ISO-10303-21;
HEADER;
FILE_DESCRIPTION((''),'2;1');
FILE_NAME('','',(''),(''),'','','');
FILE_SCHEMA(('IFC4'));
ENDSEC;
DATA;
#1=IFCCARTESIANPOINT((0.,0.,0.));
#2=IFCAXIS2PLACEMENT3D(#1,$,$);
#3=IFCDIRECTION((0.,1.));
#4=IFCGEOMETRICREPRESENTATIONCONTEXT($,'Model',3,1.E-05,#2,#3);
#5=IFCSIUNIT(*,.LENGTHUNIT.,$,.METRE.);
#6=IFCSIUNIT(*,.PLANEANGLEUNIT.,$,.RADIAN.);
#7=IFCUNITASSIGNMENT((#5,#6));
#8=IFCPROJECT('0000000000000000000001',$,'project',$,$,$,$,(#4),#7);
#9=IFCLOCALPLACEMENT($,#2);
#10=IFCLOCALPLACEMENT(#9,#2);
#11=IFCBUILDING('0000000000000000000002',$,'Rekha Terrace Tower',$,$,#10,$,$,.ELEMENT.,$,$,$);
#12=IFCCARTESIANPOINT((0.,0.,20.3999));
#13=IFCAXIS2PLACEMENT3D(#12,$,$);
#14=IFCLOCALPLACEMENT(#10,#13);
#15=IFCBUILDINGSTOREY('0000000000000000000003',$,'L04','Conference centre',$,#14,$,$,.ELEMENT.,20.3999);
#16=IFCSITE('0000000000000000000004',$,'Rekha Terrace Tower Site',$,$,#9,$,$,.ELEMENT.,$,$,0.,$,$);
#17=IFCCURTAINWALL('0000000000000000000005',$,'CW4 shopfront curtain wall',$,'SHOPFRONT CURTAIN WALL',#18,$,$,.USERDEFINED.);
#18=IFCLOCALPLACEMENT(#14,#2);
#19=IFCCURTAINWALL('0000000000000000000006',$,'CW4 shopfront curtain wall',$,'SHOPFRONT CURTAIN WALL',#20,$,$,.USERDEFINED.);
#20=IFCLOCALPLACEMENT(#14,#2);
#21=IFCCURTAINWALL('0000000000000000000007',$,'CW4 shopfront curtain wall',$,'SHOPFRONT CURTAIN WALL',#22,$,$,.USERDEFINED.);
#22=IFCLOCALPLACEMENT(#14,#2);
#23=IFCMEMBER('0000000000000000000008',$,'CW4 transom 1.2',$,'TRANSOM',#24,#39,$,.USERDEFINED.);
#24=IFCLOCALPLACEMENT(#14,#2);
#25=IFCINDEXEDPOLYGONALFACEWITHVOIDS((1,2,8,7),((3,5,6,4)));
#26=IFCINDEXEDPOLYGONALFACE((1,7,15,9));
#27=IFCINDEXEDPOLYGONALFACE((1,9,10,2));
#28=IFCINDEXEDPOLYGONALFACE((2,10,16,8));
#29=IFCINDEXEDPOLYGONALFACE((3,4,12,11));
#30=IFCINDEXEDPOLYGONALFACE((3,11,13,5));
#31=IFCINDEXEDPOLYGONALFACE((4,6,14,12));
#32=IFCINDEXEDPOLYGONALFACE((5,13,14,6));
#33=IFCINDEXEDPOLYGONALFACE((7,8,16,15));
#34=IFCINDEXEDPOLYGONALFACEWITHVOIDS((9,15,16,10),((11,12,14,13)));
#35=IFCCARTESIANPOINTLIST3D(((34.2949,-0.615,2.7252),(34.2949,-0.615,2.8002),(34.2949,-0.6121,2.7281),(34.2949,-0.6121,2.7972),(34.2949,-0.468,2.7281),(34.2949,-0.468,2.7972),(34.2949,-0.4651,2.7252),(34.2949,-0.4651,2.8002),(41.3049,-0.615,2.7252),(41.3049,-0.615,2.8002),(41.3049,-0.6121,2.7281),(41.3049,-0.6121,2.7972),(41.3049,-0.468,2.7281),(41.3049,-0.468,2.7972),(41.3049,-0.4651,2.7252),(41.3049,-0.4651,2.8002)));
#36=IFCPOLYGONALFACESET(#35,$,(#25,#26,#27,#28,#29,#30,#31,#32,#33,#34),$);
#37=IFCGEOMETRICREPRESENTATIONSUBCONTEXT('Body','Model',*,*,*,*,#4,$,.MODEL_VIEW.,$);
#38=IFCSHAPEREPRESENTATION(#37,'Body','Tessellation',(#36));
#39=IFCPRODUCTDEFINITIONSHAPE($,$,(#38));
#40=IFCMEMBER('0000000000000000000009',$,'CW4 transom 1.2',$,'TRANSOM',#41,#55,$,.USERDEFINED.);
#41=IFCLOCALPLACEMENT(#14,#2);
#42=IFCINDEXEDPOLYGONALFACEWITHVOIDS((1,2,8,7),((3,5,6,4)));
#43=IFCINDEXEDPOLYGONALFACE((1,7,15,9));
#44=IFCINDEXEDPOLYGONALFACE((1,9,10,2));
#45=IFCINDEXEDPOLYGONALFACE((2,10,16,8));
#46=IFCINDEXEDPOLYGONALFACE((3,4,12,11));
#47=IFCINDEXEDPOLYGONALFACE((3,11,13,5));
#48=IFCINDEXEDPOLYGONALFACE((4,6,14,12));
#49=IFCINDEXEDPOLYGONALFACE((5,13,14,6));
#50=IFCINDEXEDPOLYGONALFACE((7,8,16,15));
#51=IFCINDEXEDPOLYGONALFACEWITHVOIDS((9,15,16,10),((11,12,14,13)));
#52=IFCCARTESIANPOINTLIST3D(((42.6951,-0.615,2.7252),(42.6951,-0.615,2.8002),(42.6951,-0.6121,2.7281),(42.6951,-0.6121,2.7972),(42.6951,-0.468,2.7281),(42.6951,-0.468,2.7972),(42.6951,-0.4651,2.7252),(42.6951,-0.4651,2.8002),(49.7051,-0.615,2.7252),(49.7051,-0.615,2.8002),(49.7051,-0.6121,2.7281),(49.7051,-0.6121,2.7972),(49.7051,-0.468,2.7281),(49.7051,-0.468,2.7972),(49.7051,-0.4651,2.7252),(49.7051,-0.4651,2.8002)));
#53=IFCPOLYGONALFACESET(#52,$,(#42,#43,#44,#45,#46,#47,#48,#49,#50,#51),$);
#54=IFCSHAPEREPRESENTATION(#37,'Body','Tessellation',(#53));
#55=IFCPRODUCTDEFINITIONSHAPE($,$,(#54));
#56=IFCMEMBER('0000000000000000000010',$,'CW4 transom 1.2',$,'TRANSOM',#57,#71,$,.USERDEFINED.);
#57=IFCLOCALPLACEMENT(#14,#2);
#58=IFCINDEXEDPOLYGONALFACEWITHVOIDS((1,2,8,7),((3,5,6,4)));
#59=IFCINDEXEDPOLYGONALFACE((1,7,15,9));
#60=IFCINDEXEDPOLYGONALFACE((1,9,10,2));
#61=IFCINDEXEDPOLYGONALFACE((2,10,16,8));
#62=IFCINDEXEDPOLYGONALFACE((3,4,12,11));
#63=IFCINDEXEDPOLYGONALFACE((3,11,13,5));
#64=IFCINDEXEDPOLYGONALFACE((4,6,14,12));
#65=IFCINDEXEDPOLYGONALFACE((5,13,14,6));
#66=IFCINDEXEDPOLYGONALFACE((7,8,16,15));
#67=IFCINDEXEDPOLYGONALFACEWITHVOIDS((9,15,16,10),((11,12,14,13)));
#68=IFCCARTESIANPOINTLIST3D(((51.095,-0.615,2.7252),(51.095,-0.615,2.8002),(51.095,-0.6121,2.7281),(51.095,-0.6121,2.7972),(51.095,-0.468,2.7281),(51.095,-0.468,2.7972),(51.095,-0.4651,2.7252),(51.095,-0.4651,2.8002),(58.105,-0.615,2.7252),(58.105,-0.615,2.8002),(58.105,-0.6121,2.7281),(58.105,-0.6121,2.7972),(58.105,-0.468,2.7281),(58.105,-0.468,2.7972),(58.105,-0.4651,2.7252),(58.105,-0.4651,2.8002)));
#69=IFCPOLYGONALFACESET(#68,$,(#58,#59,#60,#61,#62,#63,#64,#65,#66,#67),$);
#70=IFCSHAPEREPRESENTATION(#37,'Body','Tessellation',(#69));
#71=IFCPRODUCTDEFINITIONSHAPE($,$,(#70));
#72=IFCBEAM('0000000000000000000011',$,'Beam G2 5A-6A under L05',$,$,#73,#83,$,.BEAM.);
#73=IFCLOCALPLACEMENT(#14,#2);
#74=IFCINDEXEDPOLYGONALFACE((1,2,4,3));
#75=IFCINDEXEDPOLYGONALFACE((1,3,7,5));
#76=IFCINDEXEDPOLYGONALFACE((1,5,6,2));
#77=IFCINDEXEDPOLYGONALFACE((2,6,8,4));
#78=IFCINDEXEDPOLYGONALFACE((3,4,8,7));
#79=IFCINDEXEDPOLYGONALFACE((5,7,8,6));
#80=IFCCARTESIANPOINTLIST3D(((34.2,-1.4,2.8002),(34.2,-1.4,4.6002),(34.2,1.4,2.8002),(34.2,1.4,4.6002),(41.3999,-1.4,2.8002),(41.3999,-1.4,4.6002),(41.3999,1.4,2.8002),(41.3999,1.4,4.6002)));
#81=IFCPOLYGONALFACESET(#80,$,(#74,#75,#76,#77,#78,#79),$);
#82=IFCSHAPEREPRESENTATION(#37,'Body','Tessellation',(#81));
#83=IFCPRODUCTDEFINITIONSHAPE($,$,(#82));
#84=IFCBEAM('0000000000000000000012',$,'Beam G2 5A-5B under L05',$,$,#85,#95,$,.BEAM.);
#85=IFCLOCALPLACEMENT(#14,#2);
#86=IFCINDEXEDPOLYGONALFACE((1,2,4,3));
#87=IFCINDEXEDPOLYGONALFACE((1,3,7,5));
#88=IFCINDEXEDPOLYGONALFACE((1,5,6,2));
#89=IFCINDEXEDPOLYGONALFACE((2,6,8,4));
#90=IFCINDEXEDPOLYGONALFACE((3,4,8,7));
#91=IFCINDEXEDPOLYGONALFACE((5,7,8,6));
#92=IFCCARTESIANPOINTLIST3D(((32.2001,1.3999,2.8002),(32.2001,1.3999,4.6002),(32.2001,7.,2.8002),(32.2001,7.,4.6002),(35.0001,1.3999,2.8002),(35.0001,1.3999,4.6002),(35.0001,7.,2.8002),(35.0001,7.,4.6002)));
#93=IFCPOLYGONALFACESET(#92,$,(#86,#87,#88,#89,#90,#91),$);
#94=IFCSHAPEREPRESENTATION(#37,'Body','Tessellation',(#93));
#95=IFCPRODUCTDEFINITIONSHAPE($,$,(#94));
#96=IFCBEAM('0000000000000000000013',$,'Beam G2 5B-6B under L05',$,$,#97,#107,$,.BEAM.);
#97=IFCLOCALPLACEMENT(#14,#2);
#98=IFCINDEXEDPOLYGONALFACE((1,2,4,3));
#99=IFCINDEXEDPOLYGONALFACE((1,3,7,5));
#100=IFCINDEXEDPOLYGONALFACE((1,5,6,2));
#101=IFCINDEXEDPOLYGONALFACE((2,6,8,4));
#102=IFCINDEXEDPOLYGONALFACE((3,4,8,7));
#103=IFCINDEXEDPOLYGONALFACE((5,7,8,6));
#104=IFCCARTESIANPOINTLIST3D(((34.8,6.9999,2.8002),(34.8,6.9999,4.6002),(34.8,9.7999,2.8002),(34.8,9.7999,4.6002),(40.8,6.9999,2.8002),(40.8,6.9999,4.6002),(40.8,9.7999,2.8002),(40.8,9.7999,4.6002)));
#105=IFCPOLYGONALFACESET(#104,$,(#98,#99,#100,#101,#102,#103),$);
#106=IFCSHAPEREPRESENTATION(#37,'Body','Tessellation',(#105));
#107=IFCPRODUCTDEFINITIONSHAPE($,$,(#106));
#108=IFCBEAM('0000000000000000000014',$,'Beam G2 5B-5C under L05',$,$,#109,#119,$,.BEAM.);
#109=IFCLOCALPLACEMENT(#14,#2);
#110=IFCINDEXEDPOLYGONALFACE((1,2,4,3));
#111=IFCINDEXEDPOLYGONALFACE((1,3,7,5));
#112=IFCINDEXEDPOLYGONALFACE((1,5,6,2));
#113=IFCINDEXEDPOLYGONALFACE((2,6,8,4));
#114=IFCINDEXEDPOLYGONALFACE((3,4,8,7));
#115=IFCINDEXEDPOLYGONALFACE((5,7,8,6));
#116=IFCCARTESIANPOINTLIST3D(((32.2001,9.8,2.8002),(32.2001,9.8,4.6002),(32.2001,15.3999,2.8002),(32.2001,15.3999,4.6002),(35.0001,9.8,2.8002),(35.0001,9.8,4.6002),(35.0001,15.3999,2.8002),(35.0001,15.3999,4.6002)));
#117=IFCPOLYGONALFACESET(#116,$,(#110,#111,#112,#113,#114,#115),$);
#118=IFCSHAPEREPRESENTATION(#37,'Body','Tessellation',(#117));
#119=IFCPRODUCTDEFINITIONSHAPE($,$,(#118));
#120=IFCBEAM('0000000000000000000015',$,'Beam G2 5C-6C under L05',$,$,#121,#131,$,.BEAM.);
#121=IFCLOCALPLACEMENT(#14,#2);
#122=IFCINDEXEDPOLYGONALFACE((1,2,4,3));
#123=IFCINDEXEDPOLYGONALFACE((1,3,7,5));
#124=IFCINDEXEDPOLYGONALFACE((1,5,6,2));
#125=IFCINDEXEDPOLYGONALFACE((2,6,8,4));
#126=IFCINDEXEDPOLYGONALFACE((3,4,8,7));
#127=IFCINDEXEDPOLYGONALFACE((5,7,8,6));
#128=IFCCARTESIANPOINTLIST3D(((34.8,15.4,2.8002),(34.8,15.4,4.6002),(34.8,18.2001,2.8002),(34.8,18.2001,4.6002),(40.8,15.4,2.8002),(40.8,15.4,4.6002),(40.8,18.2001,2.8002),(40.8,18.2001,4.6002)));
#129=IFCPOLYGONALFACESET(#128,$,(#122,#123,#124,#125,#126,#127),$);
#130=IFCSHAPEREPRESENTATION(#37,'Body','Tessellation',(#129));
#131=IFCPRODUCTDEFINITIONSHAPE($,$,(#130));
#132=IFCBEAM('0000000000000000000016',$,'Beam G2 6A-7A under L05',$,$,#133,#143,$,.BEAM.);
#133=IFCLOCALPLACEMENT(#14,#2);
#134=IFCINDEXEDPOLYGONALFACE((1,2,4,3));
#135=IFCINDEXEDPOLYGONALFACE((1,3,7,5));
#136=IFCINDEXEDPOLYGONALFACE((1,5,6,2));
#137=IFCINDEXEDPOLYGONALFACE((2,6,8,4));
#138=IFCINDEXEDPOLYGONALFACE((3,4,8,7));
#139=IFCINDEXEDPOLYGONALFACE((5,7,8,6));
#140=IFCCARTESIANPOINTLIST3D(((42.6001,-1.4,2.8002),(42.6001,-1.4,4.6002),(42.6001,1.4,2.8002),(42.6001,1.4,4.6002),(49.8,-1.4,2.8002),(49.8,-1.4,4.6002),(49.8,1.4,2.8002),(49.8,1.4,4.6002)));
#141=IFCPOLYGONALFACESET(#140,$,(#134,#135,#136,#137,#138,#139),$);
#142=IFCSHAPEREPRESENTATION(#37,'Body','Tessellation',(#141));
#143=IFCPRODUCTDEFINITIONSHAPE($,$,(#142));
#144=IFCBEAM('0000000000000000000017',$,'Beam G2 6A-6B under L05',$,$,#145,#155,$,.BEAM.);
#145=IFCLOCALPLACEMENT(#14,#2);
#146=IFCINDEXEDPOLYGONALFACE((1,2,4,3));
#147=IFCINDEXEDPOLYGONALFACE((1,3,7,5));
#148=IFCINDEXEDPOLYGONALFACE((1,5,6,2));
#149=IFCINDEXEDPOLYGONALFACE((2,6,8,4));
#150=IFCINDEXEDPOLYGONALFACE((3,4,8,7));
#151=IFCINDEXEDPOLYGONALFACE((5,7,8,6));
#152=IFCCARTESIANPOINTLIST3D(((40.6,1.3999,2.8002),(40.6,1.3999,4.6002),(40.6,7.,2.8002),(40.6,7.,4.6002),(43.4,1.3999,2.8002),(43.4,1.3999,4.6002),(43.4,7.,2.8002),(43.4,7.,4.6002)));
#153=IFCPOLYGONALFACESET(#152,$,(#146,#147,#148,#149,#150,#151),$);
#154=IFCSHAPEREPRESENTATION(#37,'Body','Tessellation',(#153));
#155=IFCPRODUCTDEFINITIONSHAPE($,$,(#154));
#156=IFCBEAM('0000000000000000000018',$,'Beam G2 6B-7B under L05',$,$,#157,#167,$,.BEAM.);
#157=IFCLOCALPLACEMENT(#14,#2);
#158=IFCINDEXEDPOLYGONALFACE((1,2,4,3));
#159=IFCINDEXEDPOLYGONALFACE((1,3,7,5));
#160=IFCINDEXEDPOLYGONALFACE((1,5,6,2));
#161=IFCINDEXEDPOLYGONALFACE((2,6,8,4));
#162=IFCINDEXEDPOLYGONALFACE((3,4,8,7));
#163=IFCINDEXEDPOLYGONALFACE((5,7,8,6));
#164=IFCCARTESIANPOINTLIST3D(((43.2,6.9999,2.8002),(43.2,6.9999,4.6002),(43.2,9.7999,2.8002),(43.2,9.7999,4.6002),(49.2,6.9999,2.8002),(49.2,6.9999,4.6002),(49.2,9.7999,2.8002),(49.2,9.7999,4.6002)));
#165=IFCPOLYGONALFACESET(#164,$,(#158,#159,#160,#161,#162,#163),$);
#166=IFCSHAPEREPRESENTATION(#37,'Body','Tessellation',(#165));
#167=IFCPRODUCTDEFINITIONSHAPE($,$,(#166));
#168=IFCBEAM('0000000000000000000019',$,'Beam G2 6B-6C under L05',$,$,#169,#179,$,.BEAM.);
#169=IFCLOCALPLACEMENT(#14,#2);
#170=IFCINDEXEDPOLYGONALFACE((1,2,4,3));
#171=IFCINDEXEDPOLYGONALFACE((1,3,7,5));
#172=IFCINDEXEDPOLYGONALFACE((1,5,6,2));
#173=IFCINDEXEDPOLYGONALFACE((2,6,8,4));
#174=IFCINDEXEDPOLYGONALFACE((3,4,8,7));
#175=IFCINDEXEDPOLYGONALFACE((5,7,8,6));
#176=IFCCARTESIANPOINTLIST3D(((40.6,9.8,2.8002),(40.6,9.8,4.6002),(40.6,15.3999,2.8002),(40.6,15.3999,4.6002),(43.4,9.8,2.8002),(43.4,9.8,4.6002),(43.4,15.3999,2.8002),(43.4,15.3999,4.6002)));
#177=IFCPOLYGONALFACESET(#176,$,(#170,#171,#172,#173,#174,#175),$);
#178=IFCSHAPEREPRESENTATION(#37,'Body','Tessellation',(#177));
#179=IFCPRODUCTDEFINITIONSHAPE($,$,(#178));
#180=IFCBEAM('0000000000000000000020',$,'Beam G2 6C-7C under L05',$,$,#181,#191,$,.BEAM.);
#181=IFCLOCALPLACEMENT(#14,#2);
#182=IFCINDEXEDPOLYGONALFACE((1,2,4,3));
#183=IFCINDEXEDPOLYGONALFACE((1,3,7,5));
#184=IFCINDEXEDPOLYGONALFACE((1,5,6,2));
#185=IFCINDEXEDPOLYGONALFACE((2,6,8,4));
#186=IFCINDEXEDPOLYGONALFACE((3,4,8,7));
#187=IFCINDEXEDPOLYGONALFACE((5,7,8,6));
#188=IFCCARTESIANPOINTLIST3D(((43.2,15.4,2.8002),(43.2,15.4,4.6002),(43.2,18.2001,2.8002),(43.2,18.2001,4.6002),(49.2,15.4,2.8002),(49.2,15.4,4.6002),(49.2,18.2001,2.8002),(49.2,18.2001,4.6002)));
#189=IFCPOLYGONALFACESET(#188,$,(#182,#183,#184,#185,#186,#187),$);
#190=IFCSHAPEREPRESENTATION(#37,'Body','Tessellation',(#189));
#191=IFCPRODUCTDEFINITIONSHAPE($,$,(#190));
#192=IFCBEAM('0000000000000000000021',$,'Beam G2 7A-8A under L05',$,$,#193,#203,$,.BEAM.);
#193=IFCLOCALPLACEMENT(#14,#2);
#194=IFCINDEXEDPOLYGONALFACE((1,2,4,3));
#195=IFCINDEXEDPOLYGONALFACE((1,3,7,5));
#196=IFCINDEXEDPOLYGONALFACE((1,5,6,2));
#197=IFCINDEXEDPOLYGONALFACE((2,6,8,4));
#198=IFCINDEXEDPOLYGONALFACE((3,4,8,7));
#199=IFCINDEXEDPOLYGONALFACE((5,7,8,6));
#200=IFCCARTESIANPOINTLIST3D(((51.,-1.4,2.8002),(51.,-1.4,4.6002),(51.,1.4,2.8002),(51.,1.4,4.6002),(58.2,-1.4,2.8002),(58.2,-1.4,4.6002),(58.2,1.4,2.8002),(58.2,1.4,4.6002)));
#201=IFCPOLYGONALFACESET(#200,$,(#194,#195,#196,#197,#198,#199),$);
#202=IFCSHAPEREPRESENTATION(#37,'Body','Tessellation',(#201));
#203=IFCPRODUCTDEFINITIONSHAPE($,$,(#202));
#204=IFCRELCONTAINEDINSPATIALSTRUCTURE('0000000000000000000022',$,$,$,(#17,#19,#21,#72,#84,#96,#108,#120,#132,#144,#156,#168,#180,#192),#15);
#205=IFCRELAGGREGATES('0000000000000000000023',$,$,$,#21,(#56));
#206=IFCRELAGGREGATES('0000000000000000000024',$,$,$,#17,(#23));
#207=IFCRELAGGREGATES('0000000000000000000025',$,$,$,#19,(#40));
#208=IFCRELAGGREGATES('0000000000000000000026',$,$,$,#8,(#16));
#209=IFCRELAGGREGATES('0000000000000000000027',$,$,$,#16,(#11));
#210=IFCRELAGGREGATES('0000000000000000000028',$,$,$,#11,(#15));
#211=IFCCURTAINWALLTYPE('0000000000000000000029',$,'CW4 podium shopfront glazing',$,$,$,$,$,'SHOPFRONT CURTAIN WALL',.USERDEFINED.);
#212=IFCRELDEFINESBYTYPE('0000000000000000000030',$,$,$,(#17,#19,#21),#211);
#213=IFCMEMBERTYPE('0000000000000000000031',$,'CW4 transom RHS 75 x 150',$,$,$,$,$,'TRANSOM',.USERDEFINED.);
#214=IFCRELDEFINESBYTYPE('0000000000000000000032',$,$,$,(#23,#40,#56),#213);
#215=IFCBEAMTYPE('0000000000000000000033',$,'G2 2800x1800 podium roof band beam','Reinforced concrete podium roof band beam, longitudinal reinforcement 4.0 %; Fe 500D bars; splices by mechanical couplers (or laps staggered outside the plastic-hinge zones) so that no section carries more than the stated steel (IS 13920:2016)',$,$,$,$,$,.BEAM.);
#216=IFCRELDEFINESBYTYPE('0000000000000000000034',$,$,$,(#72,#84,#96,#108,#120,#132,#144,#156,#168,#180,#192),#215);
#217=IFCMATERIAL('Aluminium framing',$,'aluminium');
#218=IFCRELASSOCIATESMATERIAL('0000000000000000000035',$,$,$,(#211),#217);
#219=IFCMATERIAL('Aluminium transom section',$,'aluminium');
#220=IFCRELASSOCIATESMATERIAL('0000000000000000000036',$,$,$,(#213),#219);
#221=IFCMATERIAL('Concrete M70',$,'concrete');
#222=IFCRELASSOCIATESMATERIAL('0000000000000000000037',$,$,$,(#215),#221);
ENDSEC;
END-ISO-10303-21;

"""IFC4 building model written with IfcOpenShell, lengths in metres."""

from ifc_helpers import new_model, si_unit, direction, frame, origin, origin_2d, place, context, subcontext, project, spatial, rectangle, hollow_rectangle, extrude, material, material_profile, profile_set, type_object, element, aggregate, save


model = new_model("IFC4")

# Units and contexts
model_context = context("Model", 3, precision=1e-05, world=origin(), true_north=direction((0.0, 1.0)))
body_context = subcontext(model_context, "Body", "Model", "MODEL_VIEW")
ifc_project = project(units=[si_unit("LENGTHUNIT", "METRE"), si_unit("PLANEANGLEUNIT", "RADIAN")], contexts=[model_context])

# Site, building, storey
site_placement = place(None, origin())
site = spatial("IfcSite", under=ifc_project, at=site_placement, Name="Rekha Terrace Tower Site", CompositionType="ELEMENT", RefElevation=0.0)
building_placement = place(site_placement, origin())
building = spatial("IfcBuilding", under=site, at=building_placement, Name="Rekha Terrace Tower", CompositionType="ELEMENT")
storey_placement = place(building_placement, frame((0.0, 0.0, 20.3999)))
storey = spatial("IfcBuildingStorey", under=building, at=storey_placement, Name="L04", Description="Conference centre", CompositionType="ELEMENT", Elevation=20.3999)

# Shared definitions
ifc_material_1 = material(Name="Concrete M70", Category="concrete")

# Curtain walls
ifc_material_2 = material(Name="Aluminium framing", Category="aluminium")
curtain_wall_type = type_object("IfcCurtainWallType", Name="CW4 podium shopfront glazing", ElementType="SHOPFRONT CURTAIN WALL", PredefinedType="USERDEFINED", material=ifc_material_2)
curtain_wall_1_placement = place(storey_placement, origin())
curtain_wall_1 = element("IfcCurtainWall", 1, at=curtain_wall_1_placement, inside=storey, type_object=curtain_wall_type, Name="CW4 shopfront curtain wall", ObjectType="SHOPFRONT CURTAIN WALL", PredefinedType="USERDEFINED")
curtain_wall_2_placement = place(storey_placement, origin())
curtain_wall_2 = element("IfcCurtainWall", 2, at=curtain_wall_2_placement, inside=storey, type_object=curtain_wall_type, Name="CW4 shopfront curtain wall", ObjectType="SHOPFRONT CURTAIN WALL", PredefinedType="USERDEFINED")

# Curtain wall
curtain_wall_3_placement = place(storey_placement, origin())
curtain_wall_3 = element("IfcCurtainWall", 3, at=curtain_wall_3_placement, inside=storey, type_object=curtain_wall_type, Name="CW4 shopfront curtain wall", ObjectType="SHOPFRONT CURTAIN WALL", PredefinedType="USERDEFINED")

# Members
ifc_material_3 = material(Name="Aluminium transom section", Category="aluminium")
ifc_material_profile_1 = material_profile(ifc_material_3, hollow_rectangle(XDim=0.1499, YDim=0.075, WallThickness=0.0029, at=origin_2d()), Name="AL RHS 150x75")
ifc_profile_set_1 = profile_set([ifc_material_profile_1], Name="Aluminium transom section")
member_type_1 = type_object("IfcMemberType", Name="CW4 transom RHS 75 x 150", ElementType="TRANSOM", PredefinedType="USERDEFINED", material=ifc_profile_set_1)
member_1_placement = place(storey_placement, frame((34.2949, -0.54, 2.7627), z_axis=(1.0, 0.0, 0.0), x_axis=(0.0, 1.0, 0.0)))
member_1 = element("IfcMember", 4, at=member_1_placement, type_object=member_type_1, Name="CW4 transom 1.2", ObjectType="TRANSOM", PredefinedType="USERDEFINED", context=body_context, shape_type="SweptSolid", body=[
    extrude(hollow_rectangle(XDim=0.1499, YDim=0.075, WallThickness=0.0029, at=origin_2d()), origin(), (0.0, 0.0, 1.0), 7.01),
])
member_2_placement = place(storey_placement, frame((42.6951, -0.54, 2.7627), z_axis=(1.0, 0.0, 0.0), x_axis=(0.0, 1.0, 0.0)))
member_2 = element("IfcMember", 5, at=member_2_placement, type_object=member_type_1, Name="CW4 transom 1.2", ObjectType="TRANSOM", PredefinedType="USERDEFINED", context=body_context, shape_type="SweptSolid", body=[
    extrude(hollow_rectangle(XDim=0.1499, YDim=0.075, WallThickness=0.0029, at=origin_2d()), origin(), (0.0, 0.0, 1.0), 7.01),
])
member_3_placement = place(storey_placement, frame((51.095, -0.54, 2.7627), z_axis=(1.0, 0.0, 0.0), x_axis=(0.0, 1.0, 0.0)))
member_3 = element("IfcMember", 6, at=member_3_placement, type_object=member_type_1, Name="CW4 transom 1.2", ObjectType="TRANSOM", PredefinedType="USERDEFINED", context=body_context, shape_type="SweptSolid", body=[
    extrude(hollow_rectangle(XDim=0.1499, YDim=0.075, WallThickness=0.0029, at=origin_2d()), origin(), (0.0, 0.0, 1.0), 7.01),
])
aggregate(curtain_wall_3, [member_3])

# Beams
ifc_material_profile_2 = material_profile(ifc_material_1, rectangle(XDim=2.8, YDim=1.8, at=origin_2d()), Name="RC 2800x1800")
ifc_profile_set_2 = profile_set([ifc_material_profile_2], Name="Concrete M70")
beam_type = type_object("IfcBeamType", Name="G2 2800x1800 podium roof band beam", Description="Reinforced concrete podium roof band beam, longitudinal reinforcement 4.0 %; Fe 500D bars; splices by mechanical couplers (or laps staggered outside the plastic-hinge zones) so that no section carries more than the stated steel (IS 13920:2016)", PredefinedType="BEAM", material=ifc_profile_set_2)
beam_1_placement = place(storey_placement, frame((34.2, 0.0, 3.7002), z_axis=(1.0, 0.0, 0.0), x_axis=(0.0, 1.0, 0.0)))
element("IfcBeam", 7, at=beam_1_placement, inside=storey, type_object=beam_type, Name="Beam G2 5A-6A under L05", PredefinedType="BEAM", context=body_context, shape_type="SweptSolid", body=[
    extrude(rectangle(XDim=2.8, YDim=1.8, at=origin_2d()), origin(), (0.0, 0.0, 1.0), 7.2),
])
beam_2_placement = place(storey_placement, frame((33.6001, 1.3999, 3.7002), z_axis=(0.0, 1.0, 0.0), x_axis=(-1.0, 0.0, 0.0)))
element("IfcBeam", 8, at=beam_2_placement, inside=storey, type_object=beam_type, Name="Beam G2 5A-5B under L05", PredefinedType="BEAM", context=body_context, shape_type="SweptSolid", body=[
    extrude(rectangle(XDim=2.8, YDim=1.8, at=origin_2d()), origin(), (0.0, 0.0, 1.0), 5.6001),
])
beam_3_placement = place(storey_placement, frame((34.8, 8.3999, 3.7002), z_axis=(1.0, 0.0, 0.0), x_axis=(0.0, 1.0, 0.0)))
element("IfcBeam", 9, at=beam_3_placement, inside=storey, type_object=beam_type, Name="Beam G2 5B-6B under L05", PredefinedType="BEAM", context=body_context, shape_type="SweptSolid", body=[
    extrude(rectangle(XDim=2.8, YDim=1.8, at=origin_2d()), origin(), (0.0, 0.0, 1.0), 6.0),
])
beam_4_placement = place(storey_placement, frame((33.6001, 9.8, 3.7002), z_axis=(0.0, 1.0, 0.0), x_axis=(-1.0, 0.0, 0.0)))
element("IfcBeam", 10, at=beam_4_placement, inside=storey, type_object=beam_type, Name="Beam G2 5B-5C under L05", PredefinedType="BEAM", context=body_context, shape_type="SweptSolid", body=[
    extrude(rectangle(XDim=2.8, YDim=1.8, at=origin_2d()), origin(), (0.0, 0.0, 1.0), 5.5999),
])
beam_5_placement = place(storey_placement, frame((34.8, 16.8, 3.7002), z_axis=(1.0, 0.0, 0.0), x_axis=(0.0, 1.0, 0.0)))
element("IfcBeam", 11, at=beam_5_placement, inside=storey, type_object=beam_type, Name="Beam G2 5C-6C under L05", PredefinedType="BEAM", context=body_context, shape_type="SweptSolid", body=[
    extrude(rectangle(XDim=2.8, YDim=1.8, at=origin_2d()), origin(), (0.0, 0.0, 1.0), 6.0),
])
beam_6_placement = place(storey_placement, frame((42.6001, 0.0, 3.7002), z_axis=(1.0, 0.0, 0.0), x_axis=(0.0, 1.0, 0.0)))
element("IfcBeam", 12, at=beam_6_placement, inside=storey, type_object=beam_type, Name="Beam G2 6A-7A under L05", PredefinedType="BEAM", context=body_context, shape_type="SweptSolid", body=[
    extrude(rectangle(XDim=2.8, YDim=1.8, at=origin_2d()), origin(), (0.0, 0.0, 1.0), 7.2),
])
beam_7_placement = place(storey_placement, frame((42.0, 1.3999, 3.7002), z_axis=(0.0, 1.0, 0.0), x_axis=(-1.0, 0.0, 0.0)))
element("IfcBeam", 13, at=beam_7_placement, inside=storey, type_object=beam_type, Name="Beam G2 6A-6B under L05", PredefinedType="BEAM", context=body_context, shape_type="SweptSolid", body=[
    extrude(rectangle(XDim=2.8, YDim=1.8, at=origin_2d()), origin(), (0.0, 0.0, 1.0), 5.6001),
])
beam_8_placement = place(storey_placement, frame((43.2, 8.3999, 3.7002), z_axis=(1.0, 0.0, 0.0), x_axis=(0.0, 1.0, 0.0)))
element("IfcBeam", 14, at=beam_8_placement, inside=storey, type_object=beam_type, Name="Beam G2 6B-7B under L05", PredefinedType="BEAM", context=body_context, shape_type="SweptSolid", body=[
    extrude(rectangle(XDim=2.8, YDim=1.8, at=origin_2d()), origin(), (0.0, 0.0, 1.0), 6.0),
])
beam_9_placement = place(storey_placement, frame((42.0, 9.8, 3.7002), z_axis=(0.0, 1.0, 0.0), x_axis=(-1.0, 0.0, 0.0)))
element("IfcBeam", 15, at=beam_9_placement, inside=storey, type_object=beam_type, Name="Beam G2 6B-6C under L05", PredefinedType="BEAM", context=body_context, shape_type="SweptSolid", body=[
    extrude(rectangle(XDim=2.8, YDim=1.8, at=origin_2d()), origin(), (0.0, 0.0, 1.0), 5.5999),
])
beam_10_placement = place(storey_placement, frame((43.2, 16.8, 3.7002), z_axis=(1.0, 0.0, 0.0), x_axis=(0.0, 1.0, 0.0)))
element("IfcBeam", 16, at=beam_10_placement, inside=storey, type_object=beam_type, Name="Beam G2 6C-7C under L05", PredefinedType="BEAM", context=body_context, shape_type="SweptSolid", body=[
    extrude(rectangle(XDim=2.8, YDim=1.8, at=origin_2d()), origin(), (0.0, 0.0, 1.0), 6.0),
])
beam_11_placement = place(storey_placement, frame((51.0, 0.0, 3.7002), z_axis=(1.0, 0.0, 0.0), x_axis=(0.0, 1.0, 0.0)))
element("IfcBeam", 17, at=beam_11_placement, inside=storey, type_object=beam_type, Name="Beam G2 7A-8A under L05", PredefinedType="BEAM", context=body_context, shape_type="SweptSolid", body=[
    extrude(rectangle(XDim=2.8, YDim=1.8, at=origin_2d()), origin(), (0.0, 0.0, 1.0), 7.2),
])

aggregate(curtain_wall_1, [member_1])
aggregate(curtain_wall_2, [member_2])

save(model, "model.ifc")
